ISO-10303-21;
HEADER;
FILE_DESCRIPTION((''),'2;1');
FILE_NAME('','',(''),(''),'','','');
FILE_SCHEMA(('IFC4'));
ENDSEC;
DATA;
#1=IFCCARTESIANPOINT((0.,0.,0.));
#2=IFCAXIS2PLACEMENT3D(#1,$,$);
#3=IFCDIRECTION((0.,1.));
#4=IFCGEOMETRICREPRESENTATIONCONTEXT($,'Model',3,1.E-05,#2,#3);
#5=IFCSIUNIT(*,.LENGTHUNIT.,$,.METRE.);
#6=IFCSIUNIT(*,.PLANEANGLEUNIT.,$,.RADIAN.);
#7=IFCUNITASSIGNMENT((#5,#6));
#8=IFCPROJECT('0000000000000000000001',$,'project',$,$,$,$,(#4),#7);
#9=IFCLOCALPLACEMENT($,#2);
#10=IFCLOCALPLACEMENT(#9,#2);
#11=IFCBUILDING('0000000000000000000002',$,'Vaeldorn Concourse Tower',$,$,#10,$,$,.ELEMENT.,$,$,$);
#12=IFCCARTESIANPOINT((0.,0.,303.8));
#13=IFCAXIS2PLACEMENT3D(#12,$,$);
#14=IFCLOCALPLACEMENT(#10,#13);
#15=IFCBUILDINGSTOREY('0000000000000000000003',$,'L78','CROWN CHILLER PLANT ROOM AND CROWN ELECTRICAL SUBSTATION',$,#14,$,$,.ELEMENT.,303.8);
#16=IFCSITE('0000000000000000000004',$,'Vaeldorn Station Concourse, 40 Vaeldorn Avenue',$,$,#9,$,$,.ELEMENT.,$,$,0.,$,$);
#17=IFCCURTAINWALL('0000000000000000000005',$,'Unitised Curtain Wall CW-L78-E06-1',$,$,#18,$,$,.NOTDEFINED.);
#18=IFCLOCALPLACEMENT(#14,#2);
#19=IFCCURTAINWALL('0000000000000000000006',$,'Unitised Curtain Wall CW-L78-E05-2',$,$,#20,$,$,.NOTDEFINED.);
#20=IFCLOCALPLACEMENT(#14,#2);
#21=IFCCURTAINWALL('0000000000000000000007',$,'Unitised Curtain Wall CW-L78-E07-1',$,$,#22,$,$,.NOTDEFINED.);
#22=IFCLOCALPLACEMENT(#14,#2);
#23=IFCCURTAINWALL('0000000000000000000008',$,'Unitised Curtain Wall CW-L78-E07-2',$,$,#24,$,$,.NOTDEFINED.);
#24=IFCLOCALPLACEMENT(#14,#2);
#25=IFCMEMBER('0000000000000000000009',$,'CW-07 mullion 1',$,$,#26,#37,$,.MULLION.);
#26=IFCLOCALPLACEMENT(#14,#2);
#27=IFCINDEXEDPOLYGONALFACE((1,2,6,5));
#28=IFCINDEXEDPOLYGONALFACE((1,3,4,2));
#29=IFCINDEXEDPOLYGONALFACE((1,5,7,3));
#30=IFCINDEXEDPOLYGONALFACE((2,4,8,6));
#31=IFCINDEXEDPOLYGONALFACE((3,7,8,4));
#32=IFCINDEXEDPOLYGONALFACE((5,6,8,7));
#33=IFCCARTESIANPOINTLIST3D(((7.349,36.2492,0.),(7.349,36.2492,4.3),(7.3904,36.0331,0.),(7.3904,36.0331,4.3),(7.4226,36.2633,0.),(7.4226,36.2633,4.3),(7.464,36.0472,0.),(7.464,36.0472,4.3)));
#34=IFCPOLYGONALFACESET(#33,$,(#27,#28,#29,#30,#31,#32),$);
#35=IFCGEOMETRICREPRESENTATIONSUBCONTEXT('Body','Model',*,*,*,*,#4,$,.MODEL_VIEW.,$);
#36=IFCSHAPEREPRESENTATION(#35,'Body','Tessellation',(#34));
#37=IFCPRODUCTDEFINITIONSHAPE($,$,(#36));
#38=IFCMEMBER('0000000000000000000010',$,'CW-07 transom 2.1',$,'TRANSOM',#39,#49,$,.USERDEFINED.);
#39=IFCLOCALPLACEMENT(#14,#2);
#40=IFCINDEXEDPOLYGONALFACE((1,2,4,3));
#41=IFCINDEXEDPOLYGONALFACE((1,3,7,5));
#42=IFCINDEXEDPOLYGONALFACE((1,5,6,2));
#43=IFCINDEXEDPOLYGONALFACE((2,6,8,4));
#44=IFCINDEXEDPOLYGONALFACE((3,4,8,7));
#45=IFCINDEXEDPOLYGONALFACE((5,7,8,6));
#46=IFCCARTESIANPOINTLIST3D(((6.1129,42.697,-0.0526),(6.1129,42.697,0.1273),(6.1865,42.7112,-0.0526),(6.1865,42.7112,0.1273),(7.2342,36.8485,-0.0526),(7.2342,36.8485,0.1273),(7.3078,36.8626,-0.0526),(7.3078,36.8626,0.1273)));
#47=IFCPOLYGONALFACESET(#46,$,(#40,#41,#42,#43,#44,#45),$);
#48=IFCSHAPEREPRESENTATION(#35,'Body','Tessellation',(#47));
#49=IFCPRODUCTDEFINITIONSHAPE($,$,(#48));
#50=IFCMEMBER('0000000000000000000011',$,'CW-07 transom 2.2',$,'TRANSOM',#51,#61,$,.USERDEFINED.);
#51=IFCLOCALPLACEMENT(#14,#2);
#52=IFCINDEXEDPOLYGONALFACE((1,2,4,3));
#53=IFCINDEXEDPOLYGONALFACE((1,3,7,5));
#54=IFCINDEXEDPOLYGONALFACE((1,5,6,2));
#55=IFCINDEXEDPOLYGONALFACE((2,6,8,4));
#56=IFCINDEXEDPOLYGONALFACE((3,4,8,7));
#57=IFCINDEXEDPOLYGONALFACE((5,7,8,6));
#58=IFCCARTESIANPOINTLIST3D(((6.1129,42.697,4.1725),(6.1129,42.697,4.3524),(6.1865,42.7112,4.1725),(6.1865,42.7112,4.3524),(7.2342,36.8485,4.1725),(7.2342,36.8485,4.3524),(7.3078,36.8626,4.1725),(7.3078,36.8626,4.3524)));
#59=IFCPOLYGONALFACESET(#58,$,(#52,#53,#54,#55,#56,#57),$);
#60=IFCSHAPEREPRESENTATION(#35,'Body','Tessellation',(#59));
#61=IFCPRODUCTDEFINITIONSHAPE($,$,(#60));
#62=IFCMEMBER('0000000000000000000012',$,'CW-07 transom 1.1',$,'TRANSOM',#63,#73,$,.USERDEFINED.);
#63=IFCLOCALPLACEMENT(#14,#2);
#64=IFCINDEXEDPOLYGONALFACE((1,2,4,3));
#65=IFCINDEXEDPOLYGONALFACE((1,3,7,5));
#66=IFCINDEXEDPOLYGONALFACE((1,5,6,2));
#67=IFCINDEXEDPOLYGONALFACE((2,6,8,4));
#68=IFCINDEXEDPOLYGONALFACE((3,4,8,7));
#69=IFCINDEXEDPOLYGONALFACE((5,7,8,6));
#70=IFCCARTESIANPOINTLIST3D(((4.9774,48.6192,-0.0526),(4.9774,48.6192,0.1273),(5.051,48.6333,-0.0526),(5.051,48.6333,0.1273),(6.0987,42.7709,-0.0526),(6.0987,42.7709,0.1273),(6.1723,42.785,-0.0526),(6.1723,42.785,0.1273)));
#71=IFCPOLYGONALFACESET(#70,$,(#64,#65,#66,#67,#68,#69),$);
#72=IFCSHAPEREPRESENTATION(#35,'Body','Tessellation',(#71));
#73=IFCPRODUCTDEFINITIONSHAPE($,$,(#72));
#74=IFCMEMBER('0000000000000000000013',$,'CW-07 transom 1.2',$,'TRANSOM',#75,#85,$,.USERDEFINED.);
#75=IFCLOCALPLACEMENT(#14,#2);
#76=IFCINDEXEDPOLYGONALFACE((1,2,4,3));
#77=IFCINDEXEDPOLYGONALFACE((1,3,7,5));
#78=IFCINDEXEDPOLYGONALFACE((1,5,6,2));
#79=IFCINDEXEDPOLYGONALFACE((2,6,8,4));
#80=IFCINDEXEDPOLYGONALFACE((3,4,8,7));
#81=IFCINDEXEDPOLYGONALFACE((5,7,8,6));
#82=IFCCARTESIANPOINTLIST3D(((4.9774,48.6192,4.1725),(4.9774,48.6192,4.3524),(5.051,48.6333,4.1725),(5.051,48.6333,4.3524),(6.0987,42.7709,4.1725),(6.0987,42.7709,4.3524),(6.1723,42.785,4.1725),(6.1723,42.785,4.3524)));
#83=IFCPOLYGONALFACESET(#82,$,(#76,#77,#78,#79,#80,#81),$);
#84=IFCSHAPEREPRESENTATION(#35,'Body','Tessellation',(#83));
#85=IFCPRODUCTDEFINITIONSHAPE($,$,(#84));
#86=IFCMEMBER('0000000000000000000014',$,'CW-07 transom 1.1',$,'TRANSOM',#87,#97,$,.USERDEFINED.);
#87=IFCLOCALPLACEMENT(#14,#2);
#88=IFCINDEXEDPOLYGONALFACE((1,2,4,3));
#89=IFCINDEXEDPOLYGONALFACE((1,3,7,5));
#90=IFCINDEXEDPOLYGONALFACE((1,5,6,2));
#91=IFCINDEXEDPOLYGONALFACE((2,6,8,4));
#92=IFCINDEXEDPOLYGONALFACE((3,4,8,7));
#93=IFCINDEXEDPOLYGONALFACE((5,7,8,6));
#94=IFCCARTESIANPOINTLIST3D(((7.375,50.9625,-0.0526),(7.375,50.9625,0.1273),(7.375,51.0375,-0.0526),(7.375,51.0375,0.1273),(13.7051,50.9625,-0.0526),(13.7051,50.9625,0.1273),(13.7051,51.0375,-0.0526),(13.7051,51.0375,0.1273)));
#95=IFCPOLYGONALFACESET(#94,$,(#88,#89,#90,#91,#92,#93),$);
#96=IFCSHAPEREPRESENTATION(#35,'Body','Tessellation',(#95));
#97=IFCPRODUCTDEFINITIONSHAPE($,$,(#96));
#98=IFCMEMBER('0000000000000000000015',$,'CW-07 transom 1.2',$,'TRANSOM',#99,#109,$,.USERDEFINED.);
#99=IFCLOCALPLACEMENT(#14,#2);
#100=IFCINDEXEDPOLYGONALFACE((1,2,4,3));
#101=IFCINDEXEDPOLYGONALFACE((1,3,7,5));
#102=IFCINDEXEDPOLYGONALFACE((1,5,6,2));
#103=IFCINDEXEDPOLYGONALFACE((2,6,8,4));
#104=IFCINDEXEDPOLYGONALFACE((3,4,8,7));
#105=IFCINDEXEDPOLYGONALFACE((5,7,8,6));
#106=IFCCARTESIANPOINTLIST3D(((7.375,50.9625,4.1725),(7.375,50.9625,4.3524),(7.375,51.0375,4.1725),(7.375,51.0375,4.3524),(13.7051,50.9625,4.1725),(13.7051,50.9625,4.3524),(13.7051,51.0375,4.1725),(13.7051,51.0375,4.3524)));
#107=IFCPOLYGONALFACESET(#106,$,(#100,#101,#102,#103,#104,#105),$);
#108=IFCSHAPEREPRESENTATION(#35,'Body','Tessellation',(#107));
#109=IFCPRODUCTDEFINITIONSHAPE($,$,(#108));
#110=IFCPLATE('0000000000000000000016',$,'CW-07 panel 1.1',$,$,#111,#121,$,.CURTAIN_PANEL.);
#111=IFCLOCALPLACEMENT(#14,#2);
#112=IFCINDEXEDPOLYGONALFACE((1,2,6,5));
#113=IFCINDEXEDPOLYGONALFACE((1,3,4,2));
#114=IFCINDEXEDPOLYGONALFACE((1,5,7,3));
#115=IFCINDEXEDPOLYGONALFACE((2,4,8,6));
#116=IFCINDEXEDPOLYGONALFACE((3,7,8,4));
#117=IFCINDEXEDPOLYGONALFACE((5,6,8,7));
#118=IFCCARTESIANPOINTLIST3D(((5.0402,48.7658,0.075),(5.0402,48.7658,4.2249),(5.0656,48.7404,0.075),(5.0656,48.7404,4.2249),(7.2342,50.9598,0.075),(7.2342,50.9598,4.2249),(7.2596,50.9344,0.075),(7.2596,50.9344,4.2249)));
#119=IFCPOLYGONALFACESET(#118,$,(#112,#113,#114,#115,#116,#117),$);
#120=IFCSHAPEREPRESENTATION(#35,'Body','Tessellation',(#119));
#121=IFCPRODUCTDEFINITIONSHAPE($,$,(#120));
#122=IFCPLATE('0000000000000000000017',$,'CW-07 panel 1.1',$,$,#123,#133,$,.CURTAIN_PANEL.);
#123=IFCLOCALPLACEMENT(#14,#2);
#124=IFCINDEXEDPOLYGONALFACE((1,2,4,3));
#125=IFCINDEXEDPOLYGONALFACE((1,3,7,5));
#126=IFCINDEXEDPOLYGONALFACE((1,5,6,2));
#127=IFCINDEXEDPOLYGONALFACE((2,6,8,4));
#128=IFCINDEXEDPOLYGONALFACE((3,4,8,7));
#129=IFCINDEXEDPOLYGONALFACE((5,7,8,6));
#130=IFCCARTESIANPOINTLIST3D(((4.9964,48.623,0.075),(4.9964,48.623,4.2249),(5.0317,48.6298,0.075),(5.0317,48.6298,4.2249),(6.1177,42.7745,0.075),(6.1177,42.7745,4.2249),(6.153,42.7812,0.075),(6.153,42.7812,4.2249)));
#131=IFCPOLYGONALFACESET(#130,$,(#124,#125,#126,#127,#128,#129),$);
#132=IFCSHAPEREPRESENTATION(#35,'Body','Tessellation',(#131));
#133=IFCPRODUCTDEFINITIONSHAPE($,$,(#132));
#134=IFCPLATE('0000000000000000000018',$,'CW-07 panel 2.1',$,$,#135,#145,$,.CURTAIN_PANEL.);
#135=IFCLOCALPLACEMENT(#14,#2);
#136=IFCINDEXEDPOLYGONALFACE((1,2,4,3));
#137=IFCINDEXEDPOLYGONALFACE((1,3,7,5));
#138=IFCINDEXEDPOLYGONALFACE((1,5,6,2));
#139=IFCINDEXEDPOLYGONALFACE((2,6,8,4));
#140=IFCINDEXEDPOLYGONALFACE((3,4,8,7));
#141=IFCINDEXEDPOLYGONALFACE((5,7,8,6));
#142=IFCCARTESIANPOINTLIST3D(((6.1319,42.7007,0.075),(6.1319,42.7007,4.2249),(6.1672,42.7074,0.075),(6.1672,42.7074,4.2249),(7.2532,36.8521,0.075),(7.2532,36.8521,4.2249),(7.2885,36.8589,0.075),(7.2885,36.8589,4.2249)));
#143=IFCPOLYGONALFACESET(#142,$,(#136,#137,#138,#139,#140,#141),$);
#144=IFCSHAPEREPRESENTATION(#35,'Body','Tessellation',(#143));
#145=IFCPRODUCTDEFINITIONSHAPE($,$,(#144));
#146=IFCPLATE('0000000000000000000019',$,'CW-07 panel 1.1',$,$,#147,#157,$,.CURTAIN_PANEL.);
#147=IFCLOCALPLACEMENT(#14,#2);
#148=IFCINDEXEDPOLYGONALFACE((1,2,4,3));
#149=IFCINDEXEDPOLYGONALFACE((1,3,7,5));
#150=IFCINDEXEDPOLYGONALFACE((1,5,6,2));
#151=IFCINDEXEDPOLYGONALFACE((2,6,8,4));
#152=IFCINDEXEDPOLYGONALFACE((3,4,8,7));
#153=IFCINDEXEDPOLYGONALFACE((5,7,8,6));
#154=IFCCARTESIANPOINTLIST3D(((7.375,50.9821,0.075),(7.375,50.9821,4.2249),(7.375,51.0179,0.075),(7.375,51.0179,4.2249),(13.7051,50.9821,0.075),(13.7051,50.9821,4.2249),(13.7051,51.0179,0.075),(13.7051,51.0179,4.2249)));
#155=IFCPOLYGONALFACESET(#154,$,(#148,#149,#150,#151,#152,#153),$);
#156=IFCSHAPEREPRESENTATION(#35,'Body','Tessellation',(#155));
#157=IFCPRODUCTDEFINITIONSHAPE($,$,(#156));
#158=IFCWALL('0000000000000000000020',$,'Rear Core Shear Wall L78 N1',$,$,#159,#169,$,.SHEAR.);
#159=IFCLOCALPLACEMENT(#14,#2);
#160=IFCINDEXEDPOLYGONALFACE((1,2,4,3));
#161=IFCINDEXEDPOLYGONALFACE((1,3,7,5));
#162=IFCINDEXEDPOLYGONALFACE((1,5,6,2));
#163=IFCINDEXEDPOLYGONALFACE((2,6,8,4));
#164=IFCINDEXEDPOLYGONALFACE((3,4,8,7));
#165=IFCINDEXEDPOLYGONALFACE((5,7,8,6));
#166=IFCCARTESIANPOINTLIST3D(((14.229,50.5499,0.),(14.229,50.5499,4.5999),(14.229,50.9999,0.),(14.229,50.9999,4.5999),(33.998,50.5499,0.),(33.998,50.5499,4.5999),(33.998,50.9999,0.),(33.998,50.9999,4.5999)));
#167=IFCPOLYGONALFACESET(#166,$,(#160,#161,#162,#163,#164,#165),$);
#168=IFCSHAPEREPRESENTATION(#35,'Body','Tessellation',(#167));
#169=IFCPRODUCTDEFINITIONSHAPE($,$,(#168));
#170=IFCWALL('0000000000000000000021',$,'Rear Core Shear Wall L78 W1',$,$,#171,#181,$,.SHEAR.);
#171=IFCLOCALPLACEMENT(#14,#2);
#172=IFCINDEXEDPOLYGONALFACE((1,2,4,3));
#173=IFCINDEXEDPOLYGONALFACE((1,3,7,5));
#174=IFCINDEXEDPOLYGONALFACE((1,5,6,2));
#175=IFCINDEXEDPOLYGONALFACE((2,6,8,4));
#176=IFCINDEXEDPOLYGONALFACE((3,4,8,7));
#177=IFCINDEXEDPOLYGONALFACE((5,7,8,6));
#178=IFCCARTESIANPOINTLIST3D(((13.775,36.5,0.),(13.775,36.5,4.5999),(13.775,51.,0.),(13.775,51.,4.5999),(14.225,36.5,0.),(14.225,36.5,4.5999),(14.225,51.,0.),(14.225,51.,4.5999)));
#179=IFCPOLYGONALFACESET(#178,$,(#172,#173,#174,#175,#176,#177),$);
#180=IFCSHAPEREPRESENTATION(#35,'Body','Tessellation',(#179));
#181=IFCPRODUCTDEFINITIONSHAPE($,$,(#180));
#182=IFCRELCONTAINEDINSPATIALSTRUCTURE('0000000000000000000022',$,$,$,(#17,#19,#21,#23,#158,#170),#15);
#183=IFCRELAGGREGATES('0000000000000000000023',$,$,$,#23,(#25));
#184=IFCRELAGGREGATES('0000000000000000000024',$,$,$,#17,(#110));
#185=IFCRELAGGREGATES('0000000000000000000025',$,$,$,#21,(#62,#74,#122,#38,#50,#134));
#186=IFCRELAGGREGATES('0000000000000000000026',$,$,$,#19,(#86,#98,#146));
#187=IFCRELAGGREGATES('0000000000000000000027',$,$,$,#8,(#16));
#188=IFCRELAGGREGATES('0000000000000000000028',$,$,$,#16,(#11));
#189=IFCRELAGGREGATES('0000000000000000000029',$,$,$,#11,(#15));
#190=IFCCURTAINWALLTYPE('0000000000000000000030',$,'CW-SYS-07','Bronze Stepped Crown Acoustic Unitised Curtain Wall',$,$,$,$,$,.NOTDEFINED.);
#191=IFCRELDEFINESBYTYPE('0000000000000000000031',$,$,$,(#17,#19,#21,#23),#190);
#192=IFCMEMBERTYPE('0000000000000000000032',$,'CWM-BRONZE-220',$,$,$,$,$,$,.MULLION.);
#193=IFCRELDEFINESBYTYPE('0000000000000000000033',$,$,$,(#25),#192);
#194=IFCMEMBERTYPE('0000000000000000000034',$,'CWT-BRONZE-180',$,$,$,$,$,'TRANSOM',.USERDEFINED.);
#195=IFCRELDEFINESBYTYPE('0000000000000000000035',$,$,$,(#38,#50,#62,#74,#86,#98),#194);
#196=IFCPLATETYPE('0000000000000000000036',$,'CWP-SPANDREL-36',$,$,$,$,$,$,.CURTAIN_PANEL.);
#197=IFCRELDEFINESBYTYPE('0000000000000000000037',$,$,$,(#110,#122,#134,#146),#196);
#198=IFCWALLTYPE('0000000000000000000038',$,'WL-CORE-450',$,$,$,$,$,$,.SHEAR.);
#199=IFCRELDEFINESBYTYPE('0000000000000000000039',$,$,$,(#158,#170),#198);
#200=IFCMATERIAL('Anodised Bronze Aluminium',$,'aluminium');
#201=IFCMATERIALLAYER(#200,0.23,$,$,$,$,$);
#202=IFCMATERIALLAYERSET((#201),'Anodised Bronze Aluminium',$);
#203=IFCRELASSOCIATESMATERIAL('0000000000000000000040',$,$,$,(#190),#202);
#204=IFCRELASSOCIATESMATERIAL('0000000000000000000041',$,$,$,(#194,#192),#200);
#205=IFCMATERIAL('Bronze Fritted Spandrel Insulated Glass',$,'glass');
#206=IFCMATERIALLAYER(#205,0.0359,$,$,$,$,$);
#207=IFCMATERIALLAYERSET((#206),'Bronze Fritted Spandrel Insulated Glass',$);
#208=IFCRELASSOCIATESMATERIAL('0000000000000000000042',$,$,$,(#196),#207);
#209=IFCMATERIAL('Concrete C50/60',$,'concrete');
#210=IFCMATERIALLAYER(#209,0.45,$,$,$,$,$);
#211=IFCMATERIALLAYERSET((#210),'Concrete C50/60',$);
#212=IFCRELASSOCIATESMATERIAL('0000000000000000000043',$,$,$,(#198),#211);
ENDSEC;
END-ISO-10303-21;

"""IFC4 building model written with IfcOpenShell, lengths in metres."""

from ifc_helpers import new_model, si_unit, direction, frame, frame_2d, origin, origin_2d, place, context, subcontext, project, spatial, rectangle, extrude, source, transform, mapped, material, layer, layer_set, material_profile, profile_set, type_object, element, aggregate, save


model = new_model("IFC4")

# Units and contexts
model_context = context("Model", 3, precision=1e-05, world=origin(), true_north=direction((0.0, 1.0)))
body_context = subcontext(model_context, "Body", "Model", "MODEL_VIEW")
ifc_project = project(units=[si_unit("LENGTHUNIT", "METRE"), si_unit("PLANEANGLEUNIT", "RADIAN")], contexts=[model_context])

# Site, building, storey
site_placement = place(None, origin())
site = spatial("IfcSite", under=ifc_project, at=site_placement, Name="Vaeldorn Station Concourse, 40 Vaeldorn Avenue", CompositionType="ELEMENT", RefElevation=0.0)
building_placement = place(site_placement, origin())
building = spatial("IfcBuilding", under=site, at=building_placement, Name="Vaeldorn Concourse Tower", CompositionType="ELEMENT")
storey_placement = place(building_placement, frame((0.0, 0.0, 303.8)))
storey = spatial("IfcBuildingStorey", under=building, at=storey_placement, Name="L78", Description="CROWN CHILLER PLANT ROOM AND CROWN ELECTRICAL SUBSTATION", CompositionType="ELEMENT", Elevation=303.8)

# Shared definitions
ifc_material_1 = material(Name="Concrete C50/60", Category="concrete")

# Curtain walls
ifc_material_2 = material(Name="Anodised Bronze Aluminium", Category="aluminium")
ifc_layer_1 = layer(ifc_material_2, 0.23)
ifc_layer_set_1 = layer_set([ifc_layer_1], Name="Anodised Bronze Aluminium")
curtain_wall_type = type_object("IfcCurtainWallType", Name="CW-SYS-07", Description="Bronze Stepped Crown Acoustic Unitised Curtain Wall", PredefinedType="NOTDEFINED", material=ifc_layer_set_1)
curtain_wall_1_placement = place(storey_placement, origin())
curtain_wall_1 = element("IfcCurtainWall", 1, at=curtain_wall_1_placement, inside=storey, type_object=curtain_wall_type, Name="Unitised Curtain Wall CW-L78-E06-1", PredefinedType="NOTDEFINED")
ifc_material_profile_1 = material_profile(ifc_material_2, rectangle(XDim=0.075, YDim=0.1799, at=origin_2d()), Name="CWT 75x180")
ifc_profile_set_1 = profile_set([ifc_material_profile_1], Name="Anodised Bronze Aluminium")
member_type_1 = type_object("IfcMemberType", Name="CWT-BRONZE-180", ElementType="TRANSOM", PredefinedType="USERDEFINED", material=ifc_profile_set_1)
curtain_wall_2_placement = place(storey_placement, origin())
curtain_wall_2 = element("IfcCurtainWall", 2, at=curtain_wall_2_placement, inside=storey, type_object=curtain_wall_type, Name="Unitised Curtain Wall CW-L78-E05-2", PredefinedType="NOTDEFINED")
ifc_material_profile_2 = material_profile(ifc_material_2, rectangle(XDim=0.075, YDim=0.22, at=origin_2d()), Name="CWM 75x220")
ifc_profile_set_2 = profile_set([ifc_material_profile_2], Name="Anodised Bronze Aluminium")
member_type_2 = type_object("IfcMemberType", Name="CWM-BRONZE-220", PredefinedType="MULLION", material=ifc_profile_set_2)
shared_shape_1 = source(origin(), body_context, "Body", "SweptSolid", [
    extrude(rectangle(XDim=0.075, YDim=0.22, at=origin_2d()), origin(), (0.0, 0.0, 1.0), 4.3),
])

# Curtain wall
curtain_wall_3_placement = place(storey_placement, origin())
curtain_wall_3 = element("IfcCurtainWall", 3, at=curtain_wall_3_placement, inside=storey, type_object=curtain_wall_type, Name="Unitised Curtain Wall CW-L78-E07-1", PredefinedType="NOTDEFINED")

# Curtain wall, member
curtain_wall_4_placement = place(storey_placement, origin())
curtain_wall_4 = element("IfcCurtainWall", 4, at=curtain_wall_4_placement, inside=storey, type_object=curtain_wall_type, Name="Unitised Curtain Wall CW-L78-E07-2", PredefinedType="NOTDEFINED")
member_1_placement = place(storey_placement, frame((7.4065, 36.1482, 0.0), z_axis=(0.0, 0.0, 1.0), x_axis=(0.982112, 0.188298, 0.0)))
member_1 = element("IfcMember", 5, at=member_1_placement, type_object=member_type_2, Name="CW-07 mullion 1", PredefinedType="MULLION", context=body_context, shape_type="MappedRepresentation", body=[
    mapped(shared_shape_1, transform((0.0, 0.0, 0.0), scale=1.0)),
])
aggregate(curtain_wall_4, [member_1])

# Members
shared_shape_2 = source(origin(), body_context, "Body", "SweptSolid", [
    extrude(rectangle(XDim=0.075, YDim=0.1799, at=origin_2d()), origin(), (0.0, 0.0, 1.0), 5.9551),
])
member_2_placement = place(storey_placement, frame((6.1497, 42.7041, 0.0374), z_axis=(0.188297, -0.982112, 0.0), x_axis=(0.982112, 0.188297, 0.0)))
member_2 = element("IfcMember", 6, at=member_2_placement, type_object=member_type_1, Name="CW-07 transom 2.1", ObjectType="TRANSOM", PredefinedType="USERDEFINED", context=body_context, shape_type="MappedRepresentation", body=[
    mapped(shared_shape_2, transform((0.0, 0.0, 0.0), scale=1.0)),
])
member_3_placement = place(storey_placement, frame((6.1497, 42.7041, 4.2625), z_axis=(0.188297, -0.982112, 0.0), x_axis=(0.982112, 0.188297, 0.0)))
member_3 = element("IfcMember", 7, at=member_3_placement, type_object=member_type_1, Name="CW-07 transom 2.2", ObjectType="TRANSOM", PredefinedType="USERDEFINED", context=body_context, shape_type="MappedRepresentation", body=[
    mapped(shared_shape_2, transform((0.0, 0.0, 0.0), scale=1.0)),
])
shared_shape_3 = source(origin(), body_context, "Body", "SweptSolid", [
    extrude(rectangle(XDim=0.075, YDim=0.1799, at=origin_2d()), origin(), (0.0, 0.0, 1.0), 5.9548),
])
member_4_placement = place(storey_placement, frame((5.0142, 48.6262, 0.0374), z_axis=(0.188305, -0.982111, 0.0), x_axis=(0.982111, 0.188305, 0.0)))
member_4 = element("IfcMember", 8, at=member_4_placement, type_object=member_type_1, Name="CW-07 transom 1.1", ObjectType="TRANSOM", PredefinedType="USERDEFINED", context=body_context, shape_type="MappedRepresentation", body=[
    mapped(shared_shape_3, transform((0.0, 0.0, 0.0), scale=1.0)),
])
member_5_placement = place(storey_placement, frame((5.0142, 48.6262, 4.2625), z_axis=(0.188305, -0.982111, 0.0), x_axis=(0.982111, 0.188305, 0.0)))
member_5 = element("IfcMember", 9, at=member_5_placement, type_object=member_type_1, Name="CW-07 transom 1.2", ObjectType="TRANSOM", PredefinedType="USERDEFINED", context=body_context, shape_type="MappedRepresentation", body=[
    mapped(shared_shape_3, transform((0.0, 0.0, 0.0), scale=1.0)),
])
shared_shape_4 = source(origin(), body_context, "Body", "SweptSolid", [
    extrude(rectangle(XDim=0.075, YDim=0.1799, at=origin_2d()), origin(), (0.0, 0.0, 1.0), 6.3301),
])
member_6_placement = place(storey_placement, frame((13.7051, 51.0, 0.0374), z_axis=(-1.0, 0.0, 0.0), x_axis=(0.0, -1.0, 0.0)))
member_6 = element("IfcMember", 10, at=member_6_placement, type_object=member_type_1, Name="CW-07 transom 1.1", ObjectType="TRANSOM", PredefinedType="USERDEFINED", context=body_context, shape_type="MappedRepresentation", body=[
    mapped(shared_shape_4, transform((0.0, 0.0, 0.0), scale=1.0)),
])
member_7_placement = place(storey_placement, frame((13.7051, 51.0, 4.2625), z_axis=(-1.0, 0.0, 0.0), x_axis=(0.0, -1.0, 0.0)))
member_7 = element("IfcMember", 11, at=member_7_placement, type_object=member_type_1, Name="CW-07 transom 1.2", ObjectType="TRANSOM", PredefinedType="USERDEFINED", context=body_context, shape_type="MappedRepresentation", body=[
    mapped(shared_shape_4, transform((0.0, 0.0, 0.0), scale=1.0)),
])

# Plates
ifc_material_3 = material(Name="Bronze Fritted Spandrel Insulated Glass", Category="glass")
ifc_layer_2 = layer(ifc_material_3, 0.0359)
ifc_layer_set_2 = layer_set([ifc_layer_2], Name="Bronze Fritted Spandrel Insulated Glass")
plate_type = type_object("IfcPlateType", Name="CWP-SPANDREL-36", PredefinedType="CURTAIN_PANEL", material=ifc_layer_set_2)
shared_shape_5 = source(origin(), body_context, "Body", "SweptSolid", [
    extrude(rectangle(XDim=3.1028, YDim=0.0359, at=origin_2d()), origin(), (0.0, 0.0, 1.0), 4.1499),
])
plate_1_placement = place(storey_placement, frame((6.1499, 49.8501, 0.075), z_axis=(0.0, 0.0, 1.0), x_axis=(-0.707107, -0.707107, 0.0)))
plate_1 = element("IfcPlate", 12, at=plate_1_placement, type_object=plate_type, Name="CW-07 panel 1.1", PredefinedType="CURTAIN_PANEL", context=body_context, shape_type="MappedRepresentation", body=[
    mapped(shared_shape_5, transform((0.0, 0.0, 0.0), scale=1.0)),
])
aggregate(curtain_wall_1, [plate_1])
shared_shape_6 = source(origin(), body_context, "Body", "SweptSolid", [
    extrude(rectangle(XDim=5.9551, YDim=0.0359, at=origin_2d()), origin(), (0.0, 0.0, 1.0), 4.1499),
])
plate_2_placement = place(storey_placement, frame((5.5747, 45.7021, 0.075), z_axis=(0.0, 0.0, 1.0), x_axis=(0.188296, -0.982112, 0.0)))
plate_2 = element("IfcPlate", 13, at=plate_2_placement, type_object=plate_type, Name="CW-07 panel 1.1", PredefinedType="CURTAIN_PANEL", context=body_context, shape_type="MappedRepresentation", body=[
    mapped(shared_shape_6, transform((0.0, 0.0, 0.0), scale=1.0)),
])
plate_3_placement = place(storey_placement, frame((6.7102, 39.7798, 0.075), z_axis=(0.0, 0.0, 1.0), x_axis=(0.188296, -0.982112, 0.0)))
plate_3 = element("IfcPlate", 14, at=plate_3_placement, type_object=plate_type, Name="CW-07 panel 2.1", PredefinedType="CURTAIN_PANEL", context=body_context, shape_type="MappedRepresentation", body=[
    mapped(shared_shape_6, transform((0.0, 0.0, 0.0), scale=1.0)),
])
aggregate(curtain_wall_3, [member_4, member_5, plate_2, member_2, member_3, plate_3])
shared_shape_7 = source(origin(), body_context, "Body", "SweptSolid", [
    extrude(rectangle(XDim=6.3301, YDim=0.0359, at=origin_2d()), origin(), (0.0, 0.0, 1.0), 4.1499),
])
plate_4_placement = place(storey_placement, frame((10.54, 51.0, 0.075), z_axis=(0.0, 0.0, 1.0), x_axis=(-1.0, 0.0, 0.0)))
plate_4 = element("IfcPlate", 15, at=plate_4_placement, type_object=plate_type, Name="CW-07 panel 1.1", PredefinedType="CURTAIN_PANEL", context=body_context, shape_type="MappedRepresentation", body=[
    mapped(shared_shape_7, transform((0.0, 0.0, 0.0), scale=1.0)),
])
aggregate(curtain_wall_2, [member_6, member_7, plate_4])

# Walls
ifc_layer_3 = layer(ifc_material_1, 0.45)
ifc_layer_set_3 = layer_set([ifc_layer_3], Name="Concrete C50/60")
wall_type_1 = type_object("IfcWallType", Name="WL-CORE-450", PredefinedType="SHEAR", material=ifc_layer_set_3)
wall_1_placement = place(storey_placement, frame((14.229, 50.7749, 0.0), z_axis=(0.0, 0.0, 1.0), x_axis=(1.0, 0.0, 0.0)))
element("IfcWall", 16, at=wall_1_placement, inside=storey, type_object=wall_type_1, Name="Rear Core Shear Wall L78 N1", PredefinedType="SHEAR", context=body_context, shape_type="SweptSolid", body=[
    extrude(rectangle(XDim=19.769, YDim=0.45, at=frame_2d((9.8845, 0.0))), origin(), (0.0, 0.0, 1.0), 4.5999),
])
wall_2_placement = place(storey_placement, frame((14.0, 36.5, 0.0), z_axis=(0.0, 0.0, 1.0), x_axis=(0.0, 1.0, 0.0)))
element("IfcWall", 17, at=wall_2_placement, inside=storey, type_object=wall_type_1, Name="Rear Core Shear Wall L78 W1", PredefinedType="SHEAR", context=body_context, shape_type="SweptSolid", body=[
    extrude(rectangle(XDim=14.5, YDim=0.45, at=frame_2d((7.25, 0.0))), origin(), (0.0, 0.0, 1.0), 4.5999),
])

save(model, "model.ifc")
